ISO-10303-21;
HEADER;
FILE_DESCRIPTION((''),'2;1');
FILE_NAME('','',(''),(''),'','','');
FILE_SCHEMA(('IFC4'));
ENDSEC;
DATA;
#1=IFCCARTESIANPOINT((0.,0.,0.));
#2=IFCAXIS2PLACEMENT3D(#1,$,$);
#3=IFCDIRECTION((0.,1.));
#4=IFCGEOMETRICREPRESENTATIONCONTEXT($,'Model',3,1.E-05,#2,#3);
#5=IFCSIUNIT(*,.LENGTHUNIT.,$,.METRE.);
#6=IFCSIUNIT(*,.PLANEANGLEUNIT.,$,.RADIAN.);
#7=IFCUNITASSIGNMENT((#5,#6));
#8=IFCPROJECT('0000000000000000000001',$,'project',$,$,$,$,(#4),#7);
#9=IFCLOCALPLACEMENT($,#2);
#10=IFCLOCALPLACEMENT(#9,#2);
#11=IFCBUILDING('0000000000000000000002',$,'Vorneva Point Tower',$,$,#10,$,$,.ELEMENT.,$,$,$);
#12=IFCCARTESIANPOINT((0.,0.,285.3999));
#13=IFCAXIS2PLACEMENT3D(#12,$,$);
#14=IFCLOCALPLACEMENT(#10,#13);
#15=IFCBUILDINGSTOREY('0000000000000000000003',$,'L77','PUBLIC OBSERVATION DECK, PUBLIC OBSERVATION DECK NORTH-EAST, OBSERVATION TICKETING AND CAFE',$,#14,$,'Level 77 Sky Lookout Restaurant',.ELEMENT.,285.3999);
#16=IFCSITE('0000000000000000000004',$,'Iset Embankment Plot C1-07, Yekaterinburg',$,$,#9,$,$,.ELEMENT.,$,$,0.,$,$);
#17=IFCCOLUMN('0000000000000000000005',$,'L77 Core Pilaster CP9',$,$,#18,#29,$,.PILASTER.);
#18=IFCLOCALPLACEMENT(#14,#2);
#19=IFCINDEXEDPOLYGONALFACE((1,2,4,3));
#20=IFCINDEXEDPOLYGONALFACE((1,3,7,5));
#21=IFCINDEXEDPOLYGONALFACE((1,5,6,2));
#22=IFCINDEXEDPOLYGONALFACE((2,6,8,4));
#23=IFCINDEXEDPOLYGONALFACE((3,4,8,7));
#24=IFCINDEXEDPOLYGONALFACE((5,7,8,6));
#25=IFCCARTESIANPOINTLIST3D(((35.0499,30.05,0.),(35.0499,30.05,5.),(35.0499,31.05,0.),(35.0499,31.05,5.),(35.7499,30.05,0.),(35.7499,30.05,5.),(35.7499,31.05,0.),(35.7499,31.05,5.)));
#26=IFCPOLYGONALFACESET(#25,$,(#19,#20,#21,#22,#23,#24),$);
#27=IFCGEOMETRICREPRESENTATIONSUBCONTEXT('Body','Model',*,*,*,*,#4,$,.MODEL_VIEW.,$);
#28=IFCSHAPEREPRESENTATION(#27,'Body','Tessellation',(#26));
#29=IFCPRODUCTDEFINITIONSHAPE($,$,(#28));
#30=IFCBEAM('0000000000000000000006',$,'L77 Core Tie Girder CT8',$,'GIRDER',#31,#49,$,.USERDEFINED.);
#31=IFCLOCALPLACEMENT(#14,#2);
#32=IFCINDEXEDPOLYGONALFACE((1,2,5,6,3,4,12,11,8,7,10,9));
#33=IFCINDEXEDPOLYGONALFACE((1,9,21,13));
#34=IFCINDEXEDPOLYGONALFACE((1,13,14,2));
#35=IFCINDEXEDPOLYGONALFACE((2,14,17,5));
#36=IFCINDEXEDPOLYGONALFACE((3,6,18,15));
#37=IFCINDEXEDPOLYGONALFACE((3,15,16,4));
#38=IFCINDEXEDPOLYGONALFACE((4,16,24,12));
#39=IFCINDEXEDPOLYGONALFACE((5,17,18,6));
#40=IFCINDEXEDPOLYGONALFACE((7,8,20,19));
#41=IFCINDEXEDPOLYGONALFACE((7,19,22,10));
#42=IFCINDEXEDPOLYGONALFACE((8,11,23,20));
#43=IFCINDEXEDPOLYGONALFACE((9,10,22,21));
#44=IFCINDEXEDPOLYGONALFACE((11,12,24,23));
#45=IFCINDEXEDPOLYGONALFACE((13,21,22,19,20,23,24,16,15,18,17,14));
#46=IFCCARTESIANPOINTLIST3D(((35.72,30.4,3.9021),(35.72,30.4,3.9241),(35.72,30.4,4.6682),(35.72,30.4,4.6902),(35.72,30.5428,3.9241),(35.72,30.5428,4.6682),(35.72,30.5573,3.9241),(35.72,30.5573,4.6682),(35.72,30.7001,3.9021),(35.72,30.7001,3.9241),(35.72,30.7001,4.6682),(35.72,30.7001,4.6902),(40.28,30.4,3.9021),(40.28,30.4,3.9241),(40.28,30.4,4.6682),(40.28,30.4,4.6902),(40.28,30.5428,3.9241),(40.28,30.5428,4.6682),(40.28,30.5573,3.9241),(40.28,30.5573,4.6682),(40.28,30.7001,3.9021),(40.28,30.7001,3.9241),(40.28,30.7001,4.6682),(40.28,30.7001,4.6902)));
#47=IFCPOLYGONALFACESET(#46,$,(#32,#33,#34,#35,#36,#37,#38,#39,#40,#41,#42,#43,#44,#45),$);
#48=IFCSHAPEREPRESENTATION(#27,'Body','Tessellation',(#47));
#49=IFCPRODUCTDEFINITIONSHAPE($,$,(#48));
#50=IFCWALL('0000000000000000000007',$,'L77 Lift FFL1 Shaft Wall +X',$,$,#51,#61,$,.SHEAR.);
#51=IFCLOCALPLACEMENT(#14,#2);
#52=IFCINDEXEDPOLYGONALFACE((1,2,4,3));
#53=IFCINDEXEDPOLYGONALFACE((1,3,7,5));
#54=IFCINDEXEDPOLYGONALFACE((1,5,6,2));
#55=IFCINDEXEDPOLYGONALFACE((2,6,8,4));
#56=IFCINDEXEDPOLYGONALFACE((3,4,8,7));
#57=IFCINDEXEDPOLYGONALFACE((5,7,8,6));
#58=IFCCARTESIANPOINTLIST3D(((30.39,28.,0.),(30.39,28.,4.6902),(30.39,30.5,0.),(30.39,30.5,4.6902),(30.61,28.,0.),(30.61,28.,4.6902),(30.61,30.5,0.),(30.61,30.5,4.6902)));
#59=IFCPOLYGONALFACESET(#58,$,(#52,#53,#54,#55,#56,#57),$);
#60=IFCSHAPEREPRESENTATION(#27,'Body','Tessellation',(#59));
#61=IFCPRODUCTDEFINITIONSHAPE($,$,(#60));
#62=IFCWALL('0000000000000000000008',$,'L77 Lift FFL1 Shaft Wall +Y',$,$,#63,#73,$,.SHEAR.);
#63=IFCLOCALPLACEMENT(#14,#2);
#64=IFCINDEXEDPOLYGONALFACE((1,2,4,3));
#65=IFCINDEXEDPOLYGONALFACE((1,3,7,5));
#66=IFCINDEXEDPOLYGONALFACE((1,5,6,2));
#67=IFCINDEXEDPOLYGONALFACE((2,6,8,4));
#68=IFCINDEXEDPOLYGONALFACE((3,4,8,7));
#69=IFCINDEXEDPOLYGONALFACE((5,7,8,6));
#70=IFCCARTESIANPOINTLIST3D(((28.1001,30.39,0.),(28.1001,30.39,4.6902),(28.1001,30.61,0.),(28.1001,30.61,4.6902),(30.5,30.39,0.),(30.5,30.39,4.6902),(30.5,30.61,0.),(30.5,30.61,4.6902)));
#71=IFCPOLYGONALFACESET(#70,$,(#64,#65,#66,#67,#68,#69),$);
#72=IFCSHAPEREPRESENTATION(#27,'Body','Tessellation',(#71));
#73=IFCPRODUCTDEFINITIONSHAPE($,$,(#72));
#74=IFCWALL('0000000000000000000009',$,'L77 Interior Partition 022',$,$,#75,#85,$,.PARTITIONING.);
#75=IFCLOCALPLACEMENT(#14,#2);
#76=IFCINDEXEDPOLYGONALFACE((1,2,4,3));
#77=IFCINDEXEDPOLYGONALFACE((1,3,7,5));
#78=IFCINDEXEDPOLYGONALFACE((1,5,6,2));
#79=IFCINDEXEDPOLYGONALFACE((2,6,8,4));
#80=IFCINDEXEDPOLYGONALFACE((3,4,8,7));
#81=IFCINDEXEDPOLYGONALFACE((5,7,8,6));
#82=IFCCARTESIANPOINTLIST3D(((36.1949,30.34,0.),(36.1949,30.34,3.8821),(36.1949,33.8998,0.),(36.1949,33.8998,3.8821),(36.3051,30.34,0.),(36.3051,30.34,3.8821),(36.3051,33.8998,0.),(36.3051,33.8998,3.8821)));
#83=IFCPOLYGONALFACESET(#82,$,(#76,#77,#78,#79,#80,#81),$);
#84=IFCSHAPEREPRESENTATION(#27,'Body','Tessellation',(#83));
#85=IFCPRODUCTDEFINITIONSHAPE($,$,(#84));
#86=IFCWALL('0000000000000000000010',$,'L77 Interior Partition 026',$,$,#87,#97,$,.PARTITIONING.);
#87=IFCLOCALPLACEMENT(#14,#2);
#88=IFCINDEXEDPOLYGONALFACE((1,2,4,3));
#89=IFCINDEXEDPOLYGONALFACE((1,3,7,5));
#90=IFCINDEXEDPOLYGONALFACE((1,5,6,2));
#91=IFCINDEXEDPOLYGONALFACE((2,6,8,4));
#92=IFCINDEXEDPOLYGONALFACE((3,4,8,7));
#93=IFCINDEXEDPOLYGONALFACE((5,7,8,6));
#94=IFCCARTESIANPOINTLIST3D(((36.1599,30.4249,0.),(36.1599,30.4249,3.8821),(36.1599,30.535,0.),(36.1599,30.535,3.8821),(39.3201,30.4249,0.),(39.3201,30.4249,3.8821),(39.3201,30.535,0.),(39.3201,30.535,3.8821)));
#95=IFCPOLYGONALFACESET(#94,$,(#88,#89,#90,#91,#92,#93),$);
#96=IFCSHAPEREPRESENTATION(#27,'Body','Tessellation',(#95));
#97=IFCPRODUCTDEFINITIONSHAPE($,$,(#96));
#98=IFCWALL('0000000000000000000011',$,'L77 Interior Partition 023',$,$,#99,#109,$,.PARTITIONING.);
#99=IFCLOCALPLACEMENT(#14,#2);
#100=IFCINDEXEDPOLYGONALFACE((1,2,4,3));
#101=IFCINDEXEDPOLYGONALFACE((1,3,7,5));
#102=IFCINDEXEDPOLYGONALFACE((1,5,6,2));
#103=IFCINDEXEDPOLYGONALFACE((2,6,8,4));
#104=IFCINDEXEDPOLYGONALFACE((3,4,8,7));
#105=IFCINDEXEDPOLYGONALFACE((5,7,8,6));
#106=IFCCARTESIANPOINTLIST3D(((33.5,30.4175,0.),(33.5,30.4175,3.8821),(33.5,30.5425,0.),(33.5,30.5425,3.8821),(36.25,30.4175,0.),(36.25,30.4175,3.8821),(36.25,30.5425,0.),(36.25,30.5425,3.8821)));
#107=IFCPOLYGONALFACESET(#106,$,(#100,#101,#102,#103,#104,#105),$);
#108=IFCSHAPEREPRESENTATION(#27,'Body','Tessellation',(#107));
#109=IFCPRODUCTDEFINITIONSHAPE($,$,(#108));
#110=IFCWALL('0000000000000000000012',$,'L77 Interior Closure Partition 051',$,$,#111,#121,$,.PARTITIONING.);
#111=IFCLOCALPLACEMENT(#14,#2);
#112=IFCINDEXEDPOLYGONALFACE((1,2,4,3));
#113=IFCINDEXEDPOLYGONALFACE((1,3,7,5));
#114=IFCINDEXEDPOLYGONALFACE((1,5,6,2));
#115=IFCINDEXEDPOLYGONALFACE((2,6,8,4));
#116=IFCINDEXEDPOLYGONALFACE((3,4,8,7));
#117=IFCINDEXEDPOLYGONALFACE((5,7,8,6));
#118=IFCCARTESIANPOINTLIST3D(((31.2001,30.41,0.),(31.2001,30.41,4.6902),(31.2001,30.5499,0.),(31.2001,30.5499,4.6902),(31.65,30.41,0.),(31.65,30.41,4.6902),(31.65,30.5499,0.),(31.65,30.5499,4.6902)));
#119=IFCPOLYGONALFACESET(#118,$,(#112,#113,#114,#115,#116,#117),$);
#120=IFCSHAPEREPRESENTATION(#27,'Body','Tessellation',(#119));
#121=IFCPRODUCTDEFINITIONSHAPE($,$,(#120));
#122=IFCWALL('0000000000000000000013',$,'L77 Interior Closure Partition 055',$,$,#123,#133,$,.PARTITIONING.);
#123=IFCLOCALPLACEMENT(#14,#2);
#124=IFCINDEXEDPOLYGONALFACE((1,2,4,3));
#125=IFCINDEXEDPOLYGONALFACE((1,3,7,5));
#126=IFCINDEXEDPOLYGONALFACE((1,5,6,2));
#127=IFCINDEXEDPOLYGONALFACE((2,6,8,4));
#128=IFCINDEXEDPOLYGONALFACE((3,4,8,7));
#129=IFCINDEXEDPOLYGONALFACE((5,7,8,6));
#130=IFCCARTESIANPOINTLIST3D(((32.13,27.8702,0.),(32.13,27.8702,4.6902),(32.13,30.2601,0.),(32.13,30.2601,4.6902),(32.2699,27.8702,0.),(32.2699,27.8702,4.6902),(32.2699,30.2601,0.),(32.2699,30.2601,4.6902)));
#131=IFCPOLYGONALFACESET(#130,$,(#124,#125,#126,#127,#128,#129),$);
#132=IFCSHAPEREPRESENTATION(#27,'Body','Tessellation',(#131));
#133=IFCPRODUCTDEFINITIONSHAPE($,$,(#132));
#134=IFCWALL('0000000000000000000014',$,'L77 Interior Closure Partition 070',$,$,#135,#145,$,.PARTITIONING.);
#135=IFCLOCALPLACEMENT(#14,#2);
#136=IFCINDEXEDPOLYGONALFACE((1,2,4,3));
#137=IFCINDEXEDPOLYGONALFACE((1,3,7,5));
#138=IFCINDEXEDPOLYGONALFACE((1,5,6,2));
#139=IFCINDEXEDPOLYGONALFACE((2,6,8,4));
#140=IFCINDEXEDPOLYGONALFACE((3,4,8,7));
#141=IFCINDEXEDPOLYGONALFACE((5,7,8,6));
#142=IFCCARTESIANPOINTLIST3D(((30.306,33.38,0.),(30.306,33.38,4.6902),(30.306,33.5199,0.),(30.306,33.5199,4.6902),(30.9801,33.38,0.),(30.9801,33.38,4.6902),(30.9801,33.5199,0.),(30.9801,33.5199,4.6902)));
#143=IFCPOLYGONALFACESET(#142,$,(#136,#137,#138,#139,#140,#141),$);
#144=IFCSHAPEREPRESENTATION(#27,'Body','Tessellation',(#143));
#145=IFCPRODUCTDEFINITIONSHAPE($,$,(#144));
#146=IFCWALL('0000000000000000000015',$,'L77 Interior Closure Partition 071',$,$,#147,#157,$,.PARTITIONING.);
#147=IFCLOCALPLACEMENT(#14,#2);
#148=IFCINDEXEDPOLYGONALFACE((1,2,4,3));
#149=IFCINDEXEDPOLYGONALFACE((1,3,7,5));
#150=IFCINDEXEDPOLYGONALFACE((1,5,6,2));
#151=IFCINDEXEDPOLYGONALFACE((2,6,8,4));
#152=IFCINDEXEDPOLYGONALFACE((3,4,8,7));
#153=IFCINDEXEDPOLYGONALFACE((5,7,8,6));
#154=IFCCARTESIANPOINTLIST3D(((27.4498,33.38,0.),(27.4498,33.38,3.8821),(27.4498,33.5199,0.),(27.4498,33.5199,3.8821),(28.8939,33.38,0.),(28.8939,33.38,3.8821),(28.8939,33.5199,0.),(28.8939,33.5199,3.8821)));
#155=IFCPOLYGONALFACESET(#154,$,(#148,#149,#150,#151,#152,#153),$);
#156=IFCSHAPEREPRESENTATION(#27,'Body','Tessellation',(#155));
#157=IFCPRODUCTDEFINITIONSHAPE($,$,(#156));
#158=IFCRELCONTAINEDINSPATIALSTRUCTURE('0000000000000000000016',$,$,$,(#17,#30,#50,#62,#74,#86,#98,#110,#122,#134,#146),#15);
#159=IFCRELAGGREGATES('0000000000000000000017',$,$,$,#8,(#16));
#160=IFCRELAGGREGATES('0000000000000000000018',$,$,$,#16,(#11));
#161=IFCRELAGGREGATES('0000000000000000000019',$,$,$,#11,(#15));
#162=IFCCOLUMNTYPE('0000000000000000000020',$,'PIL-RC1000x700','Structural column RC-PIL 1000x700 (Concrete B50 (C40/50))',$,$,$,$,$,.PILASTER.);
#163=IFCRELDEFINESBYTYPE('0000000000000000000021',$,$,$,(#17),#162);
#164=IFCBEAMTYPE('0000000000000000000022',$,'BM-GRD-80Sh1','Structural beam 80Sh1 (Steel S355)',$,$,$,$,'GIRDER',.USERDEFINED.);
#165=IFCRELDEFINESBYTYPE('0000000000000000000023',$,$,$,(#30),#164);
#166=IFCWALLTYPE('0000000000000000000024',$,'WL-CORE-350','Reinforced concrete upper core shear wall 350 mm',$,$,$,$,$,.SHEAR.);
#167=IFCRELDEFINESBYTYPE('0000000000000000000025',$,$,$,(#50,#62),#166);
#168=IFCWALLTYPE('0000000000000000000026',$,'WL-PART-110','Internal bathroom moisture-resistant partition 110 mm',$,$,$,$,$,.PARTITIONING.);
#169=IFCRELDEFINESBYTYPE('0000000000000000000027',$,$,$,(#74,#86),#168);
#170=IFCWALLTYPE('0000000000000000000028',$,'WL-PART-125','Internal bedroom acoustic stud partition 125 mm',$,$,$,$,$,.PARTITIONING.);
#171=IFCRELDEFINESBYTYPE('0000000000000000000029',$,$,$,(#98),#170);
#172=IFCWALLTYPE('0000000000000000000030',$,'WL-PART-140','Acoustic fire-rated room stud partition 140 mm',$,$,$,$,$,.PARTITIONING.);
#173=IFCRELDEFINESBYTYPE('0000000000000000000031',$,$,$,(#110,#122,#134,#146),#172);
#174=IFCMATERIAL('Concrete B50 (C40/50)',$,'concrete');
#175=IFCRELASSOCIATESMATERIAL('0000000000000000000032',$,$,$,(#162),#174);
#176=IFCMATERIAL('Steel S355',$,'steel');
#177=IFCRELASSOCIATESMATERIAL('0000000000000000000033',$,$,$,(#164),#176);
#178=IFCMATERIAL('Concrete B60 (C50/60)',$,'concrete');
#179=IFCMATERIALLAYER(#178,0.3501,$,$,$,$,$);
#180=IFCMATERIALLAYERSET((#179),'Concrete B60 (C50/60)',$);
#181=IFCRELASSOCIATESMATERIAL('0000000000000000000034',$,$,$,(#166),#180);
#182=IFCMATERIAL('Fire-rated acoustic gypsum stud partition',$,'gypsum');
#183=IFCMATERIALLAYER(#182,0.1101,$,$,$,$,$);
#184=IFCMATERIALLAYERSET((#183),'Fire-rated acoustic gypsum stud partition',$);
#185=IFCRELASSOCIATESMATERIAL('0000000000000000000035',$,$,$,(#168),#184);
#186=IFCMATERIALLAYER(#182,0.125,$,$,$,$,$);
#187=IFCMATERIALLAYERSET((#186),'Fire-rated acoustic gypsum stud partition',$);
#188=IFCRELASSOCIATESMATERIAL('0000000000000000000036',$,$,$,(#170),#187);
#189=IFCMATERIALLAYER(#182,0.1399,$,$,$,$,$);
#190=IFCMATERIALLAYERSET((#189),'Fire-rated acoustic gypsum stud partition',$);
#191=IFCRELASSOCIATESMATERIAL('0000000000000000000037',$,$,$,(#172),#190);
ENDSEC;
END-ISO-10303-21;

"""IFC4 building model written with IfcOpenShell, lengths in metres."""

from ifc_helpers import new_model, si_unit, direction, frame, frame_2d, origin, origin_2d, place, context, subcontext, project, spatial, rectangle, i_section, extrude, material, layer, layer_set, material_profile, profile_set, type_object, element, save


model = new_model("IFC4")

# Units and contexts
model_context = context("Model", 3, precision=1e-05, world=origin(), true_north=direction((0.0, 1.0)))
body_context = subcontext(model_context, "Body", "Model", "MODEL_VIEW")
ifc_project = project(units=[si_unit("LENGTHUNIT", "METRE"), si_unit("PLANEANGLEUNIT", "RADIAN")], contexts=[model_context])

# Site, building, storey
site_placement = place(None, origin())
site = spatial("IfcSite", under=ifc_project, at=site_placement, Name="Iset Embankment Plot C1-07, Yekaterinburg", CompositionType="ELEMENT", RefElevation=0.0)
building_placement = place(site_placement, origin())
building = spatial("IfcBuilding", under=site, at=building_placement, Name="Vorneva Point Tower", CompositionType="ELEMENT")
storey_placement = place(building_placement, frame((0.0, 0.0, 285.3999)))
storey = spatial("IfcBuildingStorey", under=building, at=storey_placement, Name="L77", Description="PUBLIC OBSERVATION DECK, PUBLIC OBSERVATION DECK NORTH-EAST, OBSERVATION TICKETING AND CAFE", LongName="Level 77 Sky Lookout Restaurant", CompositionType="ELEMENT", Elevation=285.3999)

# Column
ifc_material_1 = material(Name="Concrete B50 (C40/50)", Category="concrete")
ifc_material_profile_1 = material_profile(ifc_material_1, rectangle(XDim=0.7, YDim=1.0, at=origin_2d()), Name="RC-PIL 1000x700")
ifc_profile_set_1 = profile_set([ifc_material_profile_1], Name="Concrete B50 (C40/50)")
column_type = type_object("IfcColumnType", Name="PIL-RC1000x700", Description="Structural column RC-PIL 1000x700 (Concrete B50 (C40/50))", PredefinedType="PILASTER", material=ifc_profile_set_1)
column_placement = place(storey_placement, frame((35.3999, 30.55, 0.0), z_axis=(0.0, 0.0, 1.0), x_axis=(1.0, 0.0, 0.0)))
element("IfcColumn", 1, at=column_placement, inside=storey, type_object=column_type, Name="L77 Core Pilaster CP9", PredefinedType="PILASTER", context=body_context, shape_type="SweptSolid", body=[
    extrude(rectangle(XDim=0.7, YDim=1.0, at=origin_2d()), origin(), (0.0, 0.0, 1.0), 5.0),
])

# Beam
ifc_material_2 = material(Name="Steel S355", Category="steel")
ifc_material_profile_2 = material_profile(ifc_material_2, i_section(OverallWidth=0.3, OverallDepth=0.7881, WebThickness=0.0144, FlangeThickness=0.022, at=origin_2d()), Name="80Sh1")
ifc_profile_set_2 = profile_set([ifc_material_profile_2], Name="Steel S355")
beam_type = type_object("IfcBeamType", Name="BM-GRD-80Sh1", Description="Structural beam 80Sh1 (Steel S355)", ElementType="GIRDER", PredefinedType="USERDEFINED", material=ifc_profile_set_2)
beam_placement = place(storey_placement, frame((35.72, 30.55, 4.2961), z_axis=(1.0, 0.0, 0.0), x_axis=(0.0, 1.0, 0.0)))
element("IfcBeam", 2, at=beam_placement, inside=storey, type_object=beam_type, Name="L77 Core Tie Girder CT8", ObjectType="GIRDER", PredefinedType="USERDEFINED", context=body_context, shape_type="SweptSolid", body=[
    extrude(i_section(OverallWidth=0.3, OverallDepth=0.7881, WebThickness=0.0144, FlangeThickness=0.022, at=origin_2d()), origin(), (0.0, 0.0, 1.0), 4.5601),
])

# Walls
ifc_material_3 = material(Name="Concrete B60 (C50/60)", Category="concrete")
ifc_layer_1 = layer(ifc_material_3, 0.3501)
ifc_layer_set_1 = layer_set([ifc_layer_1], Name="Concrete B60 (C50/60)")
wall_type_1 = type_object("IfcWallType", Name="WL-CORE-350", Description="Reinforced concrete upper core shear wall 350 mm", PredefinedType="SHEAR", material=ifc_layer_set_1)
wall_1_placement = place(storey_placement, frame((30.5, 28.0, 0.0), z_axis=(0.0, 0.0, 1.0), x_axis=(0.0, 1.0, 0.0)))
element("IfcWall", 3, at=wall_1_placement, inside=storey, type_object=wall_type_1, Name="L77 Lift FFL1 Shaft Wall +X", PredefinedType="SHEAR", context=body_context, shape_type="SweptSolid", body=[
    extrude(rectangle(XDim=2.5, YDim=0.22, at=frame_2d((1.25, 0.0))), origin(), (0.0, 0.0, 1.0), 4.6902),
])
wall_2_placement = place(storey_placement, frame((30.5, 30.5, 0.0), z_axis=(0.0, 0.0, 1.0), x_axis=(-1.0, 0.0, 0.0)))
element("IfcWall", 4, at=wall_2_placement, inside=storey, type_object=wall_type_1, Name="L77 Lift FFL1 Shaft Wall +Y", PredefinedType="SHEAR", context=body_context, shape_type="SweptSolid", body=[
    extrude(rectangle(XDim=2.3999, YDim=0.22, at=frame_2d((1.2, 0.0))), origin(), (0.0, 0.0, 1.0), 4.6902),
])
ifc_material_4 = material(Name="Fire-rated acoustic gypsum stud partition", Category="gypsum")
ifc_layer_2 = layer(ifc_material_4, 0.1101)
ifc_layer_set_2 = layer_set([ifc_layer_2], Name="Fire-rated acoustic gypsum stud partition")
wall_type_2 = type_object("IfcWallType", Name="WL-PART-110", Description="Internal bathroom moisture-resistant partition 110 mm", PredefinedType="PARTITIONING", material=ifc_layer_set_2)
wall_3_placement = place(storey_placement, frame((36.25, 30.3401, 0.0), z_axis=(0.0, 0.0, 1.0), x_axis=(0.0, 1.0, 0.0)))
element("IfcWall", 5, at=wall_3_placement, inside=storey, type_object=wall_type_2, Name="L77 Interior Partition 022", PredefinedType="PARTITIONING", context=body_context, shape_type="SweptSolid", body=[
    extrude(rectangle(XDim=3.5598, YDim=0.1101, at=frame_2d((1.7798, 0.0))), origin(), (0.0, 0.0, 1.0), 3.8821),
])
wall_4_placement = place(storey_placement, frame((36.1599, 30.48, 0.0), z_axis=(0.0, 0.0, 1.0), x_axis=(1.0, 0.0, 0.0)))
element("IfcWall", 6, at=wall_4_placement, inside=storey, type_object=wall_type_2, Name="L77 Interior Partition 026", PredefinedType="PARTITIONING", context=body_context, shape_type="SweptSolid", body=[
    extrude(rectangle(XDim=3.1602, YDim=0.1101, at=frame_2d((1.5801, 0.0))), origin(), (0.0, 0.0, 1.0), 3.8821),
])
ifc_layer_3 = layer(ifc_material_4, 0.125)
ifc_layer_set_3 = layer_set([ifc_layer_3], Name="Fire-rated acoustic gypsum stud partition")
wall_type_3 = type_object("IfcWallType", Name="WL-PART-125", Description="Internal bedroom acoustic stud partition 125 mm", PredefinedType="PARTITIONING", material=ifc_layer_set_3)
wall_5_placement = place(storey_placement, frame((33.5, 30.48, 0.0), z_axis=(0.0, 0.0, 1.0), x_axis=(1.0, 0.0, 0.0)))
element("IfcWall", 7, at=wall_5_placement, inside=storey, type_object=wall_type_3, Name="L77 Interior Partition 023", PredefinedType="PARTITIONING", context=body_context, shape_type="SweptSolid", body=[
    extrude(rectangle(XDim=2.75, YDim=0.125, at=frame_2d((1.375, 0.0))), origin(), (0.0, 0.0, 1.0), 3.8821),
])
ifc_layer_4 = layer(ifc_material_4, 0.1399)
ifc_layer_set_4 = layer_set([ifc_layer_4], Name="Fire-rated acoustic gypsum stud partition")
wall_type_4 = type_object("IfcWallType", Name="WL-PART-140", Description="Acoustic fire-rated room stud partition 140 mm", PredefinedType="PARTITIONING", material=ifc_layer_set_4)
wall_6_placement = place(storey_placement, frame((31.2, 30.48, 0.0), z_axis=(0.0, 0.0, 1.0), x_axis=(1.0, 0.0, 0.0)))
element("IfcWall", 8, at=wall_6_placement, inside=storey, type_object=wall_type_4, Name="L77 Interior Closure Partition 051", PredefinedType="PARTITIONING", context=body_context, shape_type="SweptSolid", body=[
    extrude(rectangle(XDim=0.45, YDim=0.1399, at=frame_2d((0.2251, 0.0))), origin(), (0.0, 0.0, 1.0), 4.6902),
])
wall_7_placement = place(storey_placement, frame((32.2, 30.26, 0.0), z_axis=(0.0, 0.0, 1.0), x_axis=(0.0, -1.0, 0.0)))
element("IfcWall", 9, at=wall_7_placement, inside=storey, type_object=wall_type_4, Name="L77 Interior Closure Partition 055", PredefinedType="PARTITIONING", context=body_context, shape_type="SweptSolid", body=[
    extrude(rectangle(XDim=2.3899, YDim=0.1399, at=frame_2d((1.1948, 0.0))), origin(), (0.0, 0.0, 1.0), 4.6902),
])
wall_8_placement = place(storey_placement, frame((30.98, 33.45, 0.0), z_axis=(0.0, 0.0, 1.0), x_axis=(-1.0, 0.0, 0.0)))
element("IfcWall", 10, at=wall_8_placement, inside=storey, type_object=wall_type_4, Name="L77 Interior Closure Partition 070", PredefinedType="PARTITIONING", context=body_context, shape_type="SweptSolid", body=[
    extrude(rectangle(XDim=0.6741, YDim=0.1399, at=frame_2d((0.3369, 0.0))), origin(), (0.0, 0.0, 1.0), 4.6902),
])
wall_9_placement = place(storey_placement, frame((28.894, 33.45, 0.0), z_axis=(0.0, 0.0, 1.0), x_axis=(-1.0, 0.0, 0.0)))
element("IfcWall", 11, at=wall_9_placement, inside=storey, type_object=wall_type_4, Name="L77 Interior Closure Partition 071", PredefinedType="PARTITIONING", context=body_context, shape_type="SweptSolid", body=[
    extrude(rectangle(XDim=1.4441, YDim=0.1399, at=frame_2d((0.7222, 0.0))), origin(), (0.0, 0.0, 1.0), 3.8821),
])

save(model, "model.ifc")
